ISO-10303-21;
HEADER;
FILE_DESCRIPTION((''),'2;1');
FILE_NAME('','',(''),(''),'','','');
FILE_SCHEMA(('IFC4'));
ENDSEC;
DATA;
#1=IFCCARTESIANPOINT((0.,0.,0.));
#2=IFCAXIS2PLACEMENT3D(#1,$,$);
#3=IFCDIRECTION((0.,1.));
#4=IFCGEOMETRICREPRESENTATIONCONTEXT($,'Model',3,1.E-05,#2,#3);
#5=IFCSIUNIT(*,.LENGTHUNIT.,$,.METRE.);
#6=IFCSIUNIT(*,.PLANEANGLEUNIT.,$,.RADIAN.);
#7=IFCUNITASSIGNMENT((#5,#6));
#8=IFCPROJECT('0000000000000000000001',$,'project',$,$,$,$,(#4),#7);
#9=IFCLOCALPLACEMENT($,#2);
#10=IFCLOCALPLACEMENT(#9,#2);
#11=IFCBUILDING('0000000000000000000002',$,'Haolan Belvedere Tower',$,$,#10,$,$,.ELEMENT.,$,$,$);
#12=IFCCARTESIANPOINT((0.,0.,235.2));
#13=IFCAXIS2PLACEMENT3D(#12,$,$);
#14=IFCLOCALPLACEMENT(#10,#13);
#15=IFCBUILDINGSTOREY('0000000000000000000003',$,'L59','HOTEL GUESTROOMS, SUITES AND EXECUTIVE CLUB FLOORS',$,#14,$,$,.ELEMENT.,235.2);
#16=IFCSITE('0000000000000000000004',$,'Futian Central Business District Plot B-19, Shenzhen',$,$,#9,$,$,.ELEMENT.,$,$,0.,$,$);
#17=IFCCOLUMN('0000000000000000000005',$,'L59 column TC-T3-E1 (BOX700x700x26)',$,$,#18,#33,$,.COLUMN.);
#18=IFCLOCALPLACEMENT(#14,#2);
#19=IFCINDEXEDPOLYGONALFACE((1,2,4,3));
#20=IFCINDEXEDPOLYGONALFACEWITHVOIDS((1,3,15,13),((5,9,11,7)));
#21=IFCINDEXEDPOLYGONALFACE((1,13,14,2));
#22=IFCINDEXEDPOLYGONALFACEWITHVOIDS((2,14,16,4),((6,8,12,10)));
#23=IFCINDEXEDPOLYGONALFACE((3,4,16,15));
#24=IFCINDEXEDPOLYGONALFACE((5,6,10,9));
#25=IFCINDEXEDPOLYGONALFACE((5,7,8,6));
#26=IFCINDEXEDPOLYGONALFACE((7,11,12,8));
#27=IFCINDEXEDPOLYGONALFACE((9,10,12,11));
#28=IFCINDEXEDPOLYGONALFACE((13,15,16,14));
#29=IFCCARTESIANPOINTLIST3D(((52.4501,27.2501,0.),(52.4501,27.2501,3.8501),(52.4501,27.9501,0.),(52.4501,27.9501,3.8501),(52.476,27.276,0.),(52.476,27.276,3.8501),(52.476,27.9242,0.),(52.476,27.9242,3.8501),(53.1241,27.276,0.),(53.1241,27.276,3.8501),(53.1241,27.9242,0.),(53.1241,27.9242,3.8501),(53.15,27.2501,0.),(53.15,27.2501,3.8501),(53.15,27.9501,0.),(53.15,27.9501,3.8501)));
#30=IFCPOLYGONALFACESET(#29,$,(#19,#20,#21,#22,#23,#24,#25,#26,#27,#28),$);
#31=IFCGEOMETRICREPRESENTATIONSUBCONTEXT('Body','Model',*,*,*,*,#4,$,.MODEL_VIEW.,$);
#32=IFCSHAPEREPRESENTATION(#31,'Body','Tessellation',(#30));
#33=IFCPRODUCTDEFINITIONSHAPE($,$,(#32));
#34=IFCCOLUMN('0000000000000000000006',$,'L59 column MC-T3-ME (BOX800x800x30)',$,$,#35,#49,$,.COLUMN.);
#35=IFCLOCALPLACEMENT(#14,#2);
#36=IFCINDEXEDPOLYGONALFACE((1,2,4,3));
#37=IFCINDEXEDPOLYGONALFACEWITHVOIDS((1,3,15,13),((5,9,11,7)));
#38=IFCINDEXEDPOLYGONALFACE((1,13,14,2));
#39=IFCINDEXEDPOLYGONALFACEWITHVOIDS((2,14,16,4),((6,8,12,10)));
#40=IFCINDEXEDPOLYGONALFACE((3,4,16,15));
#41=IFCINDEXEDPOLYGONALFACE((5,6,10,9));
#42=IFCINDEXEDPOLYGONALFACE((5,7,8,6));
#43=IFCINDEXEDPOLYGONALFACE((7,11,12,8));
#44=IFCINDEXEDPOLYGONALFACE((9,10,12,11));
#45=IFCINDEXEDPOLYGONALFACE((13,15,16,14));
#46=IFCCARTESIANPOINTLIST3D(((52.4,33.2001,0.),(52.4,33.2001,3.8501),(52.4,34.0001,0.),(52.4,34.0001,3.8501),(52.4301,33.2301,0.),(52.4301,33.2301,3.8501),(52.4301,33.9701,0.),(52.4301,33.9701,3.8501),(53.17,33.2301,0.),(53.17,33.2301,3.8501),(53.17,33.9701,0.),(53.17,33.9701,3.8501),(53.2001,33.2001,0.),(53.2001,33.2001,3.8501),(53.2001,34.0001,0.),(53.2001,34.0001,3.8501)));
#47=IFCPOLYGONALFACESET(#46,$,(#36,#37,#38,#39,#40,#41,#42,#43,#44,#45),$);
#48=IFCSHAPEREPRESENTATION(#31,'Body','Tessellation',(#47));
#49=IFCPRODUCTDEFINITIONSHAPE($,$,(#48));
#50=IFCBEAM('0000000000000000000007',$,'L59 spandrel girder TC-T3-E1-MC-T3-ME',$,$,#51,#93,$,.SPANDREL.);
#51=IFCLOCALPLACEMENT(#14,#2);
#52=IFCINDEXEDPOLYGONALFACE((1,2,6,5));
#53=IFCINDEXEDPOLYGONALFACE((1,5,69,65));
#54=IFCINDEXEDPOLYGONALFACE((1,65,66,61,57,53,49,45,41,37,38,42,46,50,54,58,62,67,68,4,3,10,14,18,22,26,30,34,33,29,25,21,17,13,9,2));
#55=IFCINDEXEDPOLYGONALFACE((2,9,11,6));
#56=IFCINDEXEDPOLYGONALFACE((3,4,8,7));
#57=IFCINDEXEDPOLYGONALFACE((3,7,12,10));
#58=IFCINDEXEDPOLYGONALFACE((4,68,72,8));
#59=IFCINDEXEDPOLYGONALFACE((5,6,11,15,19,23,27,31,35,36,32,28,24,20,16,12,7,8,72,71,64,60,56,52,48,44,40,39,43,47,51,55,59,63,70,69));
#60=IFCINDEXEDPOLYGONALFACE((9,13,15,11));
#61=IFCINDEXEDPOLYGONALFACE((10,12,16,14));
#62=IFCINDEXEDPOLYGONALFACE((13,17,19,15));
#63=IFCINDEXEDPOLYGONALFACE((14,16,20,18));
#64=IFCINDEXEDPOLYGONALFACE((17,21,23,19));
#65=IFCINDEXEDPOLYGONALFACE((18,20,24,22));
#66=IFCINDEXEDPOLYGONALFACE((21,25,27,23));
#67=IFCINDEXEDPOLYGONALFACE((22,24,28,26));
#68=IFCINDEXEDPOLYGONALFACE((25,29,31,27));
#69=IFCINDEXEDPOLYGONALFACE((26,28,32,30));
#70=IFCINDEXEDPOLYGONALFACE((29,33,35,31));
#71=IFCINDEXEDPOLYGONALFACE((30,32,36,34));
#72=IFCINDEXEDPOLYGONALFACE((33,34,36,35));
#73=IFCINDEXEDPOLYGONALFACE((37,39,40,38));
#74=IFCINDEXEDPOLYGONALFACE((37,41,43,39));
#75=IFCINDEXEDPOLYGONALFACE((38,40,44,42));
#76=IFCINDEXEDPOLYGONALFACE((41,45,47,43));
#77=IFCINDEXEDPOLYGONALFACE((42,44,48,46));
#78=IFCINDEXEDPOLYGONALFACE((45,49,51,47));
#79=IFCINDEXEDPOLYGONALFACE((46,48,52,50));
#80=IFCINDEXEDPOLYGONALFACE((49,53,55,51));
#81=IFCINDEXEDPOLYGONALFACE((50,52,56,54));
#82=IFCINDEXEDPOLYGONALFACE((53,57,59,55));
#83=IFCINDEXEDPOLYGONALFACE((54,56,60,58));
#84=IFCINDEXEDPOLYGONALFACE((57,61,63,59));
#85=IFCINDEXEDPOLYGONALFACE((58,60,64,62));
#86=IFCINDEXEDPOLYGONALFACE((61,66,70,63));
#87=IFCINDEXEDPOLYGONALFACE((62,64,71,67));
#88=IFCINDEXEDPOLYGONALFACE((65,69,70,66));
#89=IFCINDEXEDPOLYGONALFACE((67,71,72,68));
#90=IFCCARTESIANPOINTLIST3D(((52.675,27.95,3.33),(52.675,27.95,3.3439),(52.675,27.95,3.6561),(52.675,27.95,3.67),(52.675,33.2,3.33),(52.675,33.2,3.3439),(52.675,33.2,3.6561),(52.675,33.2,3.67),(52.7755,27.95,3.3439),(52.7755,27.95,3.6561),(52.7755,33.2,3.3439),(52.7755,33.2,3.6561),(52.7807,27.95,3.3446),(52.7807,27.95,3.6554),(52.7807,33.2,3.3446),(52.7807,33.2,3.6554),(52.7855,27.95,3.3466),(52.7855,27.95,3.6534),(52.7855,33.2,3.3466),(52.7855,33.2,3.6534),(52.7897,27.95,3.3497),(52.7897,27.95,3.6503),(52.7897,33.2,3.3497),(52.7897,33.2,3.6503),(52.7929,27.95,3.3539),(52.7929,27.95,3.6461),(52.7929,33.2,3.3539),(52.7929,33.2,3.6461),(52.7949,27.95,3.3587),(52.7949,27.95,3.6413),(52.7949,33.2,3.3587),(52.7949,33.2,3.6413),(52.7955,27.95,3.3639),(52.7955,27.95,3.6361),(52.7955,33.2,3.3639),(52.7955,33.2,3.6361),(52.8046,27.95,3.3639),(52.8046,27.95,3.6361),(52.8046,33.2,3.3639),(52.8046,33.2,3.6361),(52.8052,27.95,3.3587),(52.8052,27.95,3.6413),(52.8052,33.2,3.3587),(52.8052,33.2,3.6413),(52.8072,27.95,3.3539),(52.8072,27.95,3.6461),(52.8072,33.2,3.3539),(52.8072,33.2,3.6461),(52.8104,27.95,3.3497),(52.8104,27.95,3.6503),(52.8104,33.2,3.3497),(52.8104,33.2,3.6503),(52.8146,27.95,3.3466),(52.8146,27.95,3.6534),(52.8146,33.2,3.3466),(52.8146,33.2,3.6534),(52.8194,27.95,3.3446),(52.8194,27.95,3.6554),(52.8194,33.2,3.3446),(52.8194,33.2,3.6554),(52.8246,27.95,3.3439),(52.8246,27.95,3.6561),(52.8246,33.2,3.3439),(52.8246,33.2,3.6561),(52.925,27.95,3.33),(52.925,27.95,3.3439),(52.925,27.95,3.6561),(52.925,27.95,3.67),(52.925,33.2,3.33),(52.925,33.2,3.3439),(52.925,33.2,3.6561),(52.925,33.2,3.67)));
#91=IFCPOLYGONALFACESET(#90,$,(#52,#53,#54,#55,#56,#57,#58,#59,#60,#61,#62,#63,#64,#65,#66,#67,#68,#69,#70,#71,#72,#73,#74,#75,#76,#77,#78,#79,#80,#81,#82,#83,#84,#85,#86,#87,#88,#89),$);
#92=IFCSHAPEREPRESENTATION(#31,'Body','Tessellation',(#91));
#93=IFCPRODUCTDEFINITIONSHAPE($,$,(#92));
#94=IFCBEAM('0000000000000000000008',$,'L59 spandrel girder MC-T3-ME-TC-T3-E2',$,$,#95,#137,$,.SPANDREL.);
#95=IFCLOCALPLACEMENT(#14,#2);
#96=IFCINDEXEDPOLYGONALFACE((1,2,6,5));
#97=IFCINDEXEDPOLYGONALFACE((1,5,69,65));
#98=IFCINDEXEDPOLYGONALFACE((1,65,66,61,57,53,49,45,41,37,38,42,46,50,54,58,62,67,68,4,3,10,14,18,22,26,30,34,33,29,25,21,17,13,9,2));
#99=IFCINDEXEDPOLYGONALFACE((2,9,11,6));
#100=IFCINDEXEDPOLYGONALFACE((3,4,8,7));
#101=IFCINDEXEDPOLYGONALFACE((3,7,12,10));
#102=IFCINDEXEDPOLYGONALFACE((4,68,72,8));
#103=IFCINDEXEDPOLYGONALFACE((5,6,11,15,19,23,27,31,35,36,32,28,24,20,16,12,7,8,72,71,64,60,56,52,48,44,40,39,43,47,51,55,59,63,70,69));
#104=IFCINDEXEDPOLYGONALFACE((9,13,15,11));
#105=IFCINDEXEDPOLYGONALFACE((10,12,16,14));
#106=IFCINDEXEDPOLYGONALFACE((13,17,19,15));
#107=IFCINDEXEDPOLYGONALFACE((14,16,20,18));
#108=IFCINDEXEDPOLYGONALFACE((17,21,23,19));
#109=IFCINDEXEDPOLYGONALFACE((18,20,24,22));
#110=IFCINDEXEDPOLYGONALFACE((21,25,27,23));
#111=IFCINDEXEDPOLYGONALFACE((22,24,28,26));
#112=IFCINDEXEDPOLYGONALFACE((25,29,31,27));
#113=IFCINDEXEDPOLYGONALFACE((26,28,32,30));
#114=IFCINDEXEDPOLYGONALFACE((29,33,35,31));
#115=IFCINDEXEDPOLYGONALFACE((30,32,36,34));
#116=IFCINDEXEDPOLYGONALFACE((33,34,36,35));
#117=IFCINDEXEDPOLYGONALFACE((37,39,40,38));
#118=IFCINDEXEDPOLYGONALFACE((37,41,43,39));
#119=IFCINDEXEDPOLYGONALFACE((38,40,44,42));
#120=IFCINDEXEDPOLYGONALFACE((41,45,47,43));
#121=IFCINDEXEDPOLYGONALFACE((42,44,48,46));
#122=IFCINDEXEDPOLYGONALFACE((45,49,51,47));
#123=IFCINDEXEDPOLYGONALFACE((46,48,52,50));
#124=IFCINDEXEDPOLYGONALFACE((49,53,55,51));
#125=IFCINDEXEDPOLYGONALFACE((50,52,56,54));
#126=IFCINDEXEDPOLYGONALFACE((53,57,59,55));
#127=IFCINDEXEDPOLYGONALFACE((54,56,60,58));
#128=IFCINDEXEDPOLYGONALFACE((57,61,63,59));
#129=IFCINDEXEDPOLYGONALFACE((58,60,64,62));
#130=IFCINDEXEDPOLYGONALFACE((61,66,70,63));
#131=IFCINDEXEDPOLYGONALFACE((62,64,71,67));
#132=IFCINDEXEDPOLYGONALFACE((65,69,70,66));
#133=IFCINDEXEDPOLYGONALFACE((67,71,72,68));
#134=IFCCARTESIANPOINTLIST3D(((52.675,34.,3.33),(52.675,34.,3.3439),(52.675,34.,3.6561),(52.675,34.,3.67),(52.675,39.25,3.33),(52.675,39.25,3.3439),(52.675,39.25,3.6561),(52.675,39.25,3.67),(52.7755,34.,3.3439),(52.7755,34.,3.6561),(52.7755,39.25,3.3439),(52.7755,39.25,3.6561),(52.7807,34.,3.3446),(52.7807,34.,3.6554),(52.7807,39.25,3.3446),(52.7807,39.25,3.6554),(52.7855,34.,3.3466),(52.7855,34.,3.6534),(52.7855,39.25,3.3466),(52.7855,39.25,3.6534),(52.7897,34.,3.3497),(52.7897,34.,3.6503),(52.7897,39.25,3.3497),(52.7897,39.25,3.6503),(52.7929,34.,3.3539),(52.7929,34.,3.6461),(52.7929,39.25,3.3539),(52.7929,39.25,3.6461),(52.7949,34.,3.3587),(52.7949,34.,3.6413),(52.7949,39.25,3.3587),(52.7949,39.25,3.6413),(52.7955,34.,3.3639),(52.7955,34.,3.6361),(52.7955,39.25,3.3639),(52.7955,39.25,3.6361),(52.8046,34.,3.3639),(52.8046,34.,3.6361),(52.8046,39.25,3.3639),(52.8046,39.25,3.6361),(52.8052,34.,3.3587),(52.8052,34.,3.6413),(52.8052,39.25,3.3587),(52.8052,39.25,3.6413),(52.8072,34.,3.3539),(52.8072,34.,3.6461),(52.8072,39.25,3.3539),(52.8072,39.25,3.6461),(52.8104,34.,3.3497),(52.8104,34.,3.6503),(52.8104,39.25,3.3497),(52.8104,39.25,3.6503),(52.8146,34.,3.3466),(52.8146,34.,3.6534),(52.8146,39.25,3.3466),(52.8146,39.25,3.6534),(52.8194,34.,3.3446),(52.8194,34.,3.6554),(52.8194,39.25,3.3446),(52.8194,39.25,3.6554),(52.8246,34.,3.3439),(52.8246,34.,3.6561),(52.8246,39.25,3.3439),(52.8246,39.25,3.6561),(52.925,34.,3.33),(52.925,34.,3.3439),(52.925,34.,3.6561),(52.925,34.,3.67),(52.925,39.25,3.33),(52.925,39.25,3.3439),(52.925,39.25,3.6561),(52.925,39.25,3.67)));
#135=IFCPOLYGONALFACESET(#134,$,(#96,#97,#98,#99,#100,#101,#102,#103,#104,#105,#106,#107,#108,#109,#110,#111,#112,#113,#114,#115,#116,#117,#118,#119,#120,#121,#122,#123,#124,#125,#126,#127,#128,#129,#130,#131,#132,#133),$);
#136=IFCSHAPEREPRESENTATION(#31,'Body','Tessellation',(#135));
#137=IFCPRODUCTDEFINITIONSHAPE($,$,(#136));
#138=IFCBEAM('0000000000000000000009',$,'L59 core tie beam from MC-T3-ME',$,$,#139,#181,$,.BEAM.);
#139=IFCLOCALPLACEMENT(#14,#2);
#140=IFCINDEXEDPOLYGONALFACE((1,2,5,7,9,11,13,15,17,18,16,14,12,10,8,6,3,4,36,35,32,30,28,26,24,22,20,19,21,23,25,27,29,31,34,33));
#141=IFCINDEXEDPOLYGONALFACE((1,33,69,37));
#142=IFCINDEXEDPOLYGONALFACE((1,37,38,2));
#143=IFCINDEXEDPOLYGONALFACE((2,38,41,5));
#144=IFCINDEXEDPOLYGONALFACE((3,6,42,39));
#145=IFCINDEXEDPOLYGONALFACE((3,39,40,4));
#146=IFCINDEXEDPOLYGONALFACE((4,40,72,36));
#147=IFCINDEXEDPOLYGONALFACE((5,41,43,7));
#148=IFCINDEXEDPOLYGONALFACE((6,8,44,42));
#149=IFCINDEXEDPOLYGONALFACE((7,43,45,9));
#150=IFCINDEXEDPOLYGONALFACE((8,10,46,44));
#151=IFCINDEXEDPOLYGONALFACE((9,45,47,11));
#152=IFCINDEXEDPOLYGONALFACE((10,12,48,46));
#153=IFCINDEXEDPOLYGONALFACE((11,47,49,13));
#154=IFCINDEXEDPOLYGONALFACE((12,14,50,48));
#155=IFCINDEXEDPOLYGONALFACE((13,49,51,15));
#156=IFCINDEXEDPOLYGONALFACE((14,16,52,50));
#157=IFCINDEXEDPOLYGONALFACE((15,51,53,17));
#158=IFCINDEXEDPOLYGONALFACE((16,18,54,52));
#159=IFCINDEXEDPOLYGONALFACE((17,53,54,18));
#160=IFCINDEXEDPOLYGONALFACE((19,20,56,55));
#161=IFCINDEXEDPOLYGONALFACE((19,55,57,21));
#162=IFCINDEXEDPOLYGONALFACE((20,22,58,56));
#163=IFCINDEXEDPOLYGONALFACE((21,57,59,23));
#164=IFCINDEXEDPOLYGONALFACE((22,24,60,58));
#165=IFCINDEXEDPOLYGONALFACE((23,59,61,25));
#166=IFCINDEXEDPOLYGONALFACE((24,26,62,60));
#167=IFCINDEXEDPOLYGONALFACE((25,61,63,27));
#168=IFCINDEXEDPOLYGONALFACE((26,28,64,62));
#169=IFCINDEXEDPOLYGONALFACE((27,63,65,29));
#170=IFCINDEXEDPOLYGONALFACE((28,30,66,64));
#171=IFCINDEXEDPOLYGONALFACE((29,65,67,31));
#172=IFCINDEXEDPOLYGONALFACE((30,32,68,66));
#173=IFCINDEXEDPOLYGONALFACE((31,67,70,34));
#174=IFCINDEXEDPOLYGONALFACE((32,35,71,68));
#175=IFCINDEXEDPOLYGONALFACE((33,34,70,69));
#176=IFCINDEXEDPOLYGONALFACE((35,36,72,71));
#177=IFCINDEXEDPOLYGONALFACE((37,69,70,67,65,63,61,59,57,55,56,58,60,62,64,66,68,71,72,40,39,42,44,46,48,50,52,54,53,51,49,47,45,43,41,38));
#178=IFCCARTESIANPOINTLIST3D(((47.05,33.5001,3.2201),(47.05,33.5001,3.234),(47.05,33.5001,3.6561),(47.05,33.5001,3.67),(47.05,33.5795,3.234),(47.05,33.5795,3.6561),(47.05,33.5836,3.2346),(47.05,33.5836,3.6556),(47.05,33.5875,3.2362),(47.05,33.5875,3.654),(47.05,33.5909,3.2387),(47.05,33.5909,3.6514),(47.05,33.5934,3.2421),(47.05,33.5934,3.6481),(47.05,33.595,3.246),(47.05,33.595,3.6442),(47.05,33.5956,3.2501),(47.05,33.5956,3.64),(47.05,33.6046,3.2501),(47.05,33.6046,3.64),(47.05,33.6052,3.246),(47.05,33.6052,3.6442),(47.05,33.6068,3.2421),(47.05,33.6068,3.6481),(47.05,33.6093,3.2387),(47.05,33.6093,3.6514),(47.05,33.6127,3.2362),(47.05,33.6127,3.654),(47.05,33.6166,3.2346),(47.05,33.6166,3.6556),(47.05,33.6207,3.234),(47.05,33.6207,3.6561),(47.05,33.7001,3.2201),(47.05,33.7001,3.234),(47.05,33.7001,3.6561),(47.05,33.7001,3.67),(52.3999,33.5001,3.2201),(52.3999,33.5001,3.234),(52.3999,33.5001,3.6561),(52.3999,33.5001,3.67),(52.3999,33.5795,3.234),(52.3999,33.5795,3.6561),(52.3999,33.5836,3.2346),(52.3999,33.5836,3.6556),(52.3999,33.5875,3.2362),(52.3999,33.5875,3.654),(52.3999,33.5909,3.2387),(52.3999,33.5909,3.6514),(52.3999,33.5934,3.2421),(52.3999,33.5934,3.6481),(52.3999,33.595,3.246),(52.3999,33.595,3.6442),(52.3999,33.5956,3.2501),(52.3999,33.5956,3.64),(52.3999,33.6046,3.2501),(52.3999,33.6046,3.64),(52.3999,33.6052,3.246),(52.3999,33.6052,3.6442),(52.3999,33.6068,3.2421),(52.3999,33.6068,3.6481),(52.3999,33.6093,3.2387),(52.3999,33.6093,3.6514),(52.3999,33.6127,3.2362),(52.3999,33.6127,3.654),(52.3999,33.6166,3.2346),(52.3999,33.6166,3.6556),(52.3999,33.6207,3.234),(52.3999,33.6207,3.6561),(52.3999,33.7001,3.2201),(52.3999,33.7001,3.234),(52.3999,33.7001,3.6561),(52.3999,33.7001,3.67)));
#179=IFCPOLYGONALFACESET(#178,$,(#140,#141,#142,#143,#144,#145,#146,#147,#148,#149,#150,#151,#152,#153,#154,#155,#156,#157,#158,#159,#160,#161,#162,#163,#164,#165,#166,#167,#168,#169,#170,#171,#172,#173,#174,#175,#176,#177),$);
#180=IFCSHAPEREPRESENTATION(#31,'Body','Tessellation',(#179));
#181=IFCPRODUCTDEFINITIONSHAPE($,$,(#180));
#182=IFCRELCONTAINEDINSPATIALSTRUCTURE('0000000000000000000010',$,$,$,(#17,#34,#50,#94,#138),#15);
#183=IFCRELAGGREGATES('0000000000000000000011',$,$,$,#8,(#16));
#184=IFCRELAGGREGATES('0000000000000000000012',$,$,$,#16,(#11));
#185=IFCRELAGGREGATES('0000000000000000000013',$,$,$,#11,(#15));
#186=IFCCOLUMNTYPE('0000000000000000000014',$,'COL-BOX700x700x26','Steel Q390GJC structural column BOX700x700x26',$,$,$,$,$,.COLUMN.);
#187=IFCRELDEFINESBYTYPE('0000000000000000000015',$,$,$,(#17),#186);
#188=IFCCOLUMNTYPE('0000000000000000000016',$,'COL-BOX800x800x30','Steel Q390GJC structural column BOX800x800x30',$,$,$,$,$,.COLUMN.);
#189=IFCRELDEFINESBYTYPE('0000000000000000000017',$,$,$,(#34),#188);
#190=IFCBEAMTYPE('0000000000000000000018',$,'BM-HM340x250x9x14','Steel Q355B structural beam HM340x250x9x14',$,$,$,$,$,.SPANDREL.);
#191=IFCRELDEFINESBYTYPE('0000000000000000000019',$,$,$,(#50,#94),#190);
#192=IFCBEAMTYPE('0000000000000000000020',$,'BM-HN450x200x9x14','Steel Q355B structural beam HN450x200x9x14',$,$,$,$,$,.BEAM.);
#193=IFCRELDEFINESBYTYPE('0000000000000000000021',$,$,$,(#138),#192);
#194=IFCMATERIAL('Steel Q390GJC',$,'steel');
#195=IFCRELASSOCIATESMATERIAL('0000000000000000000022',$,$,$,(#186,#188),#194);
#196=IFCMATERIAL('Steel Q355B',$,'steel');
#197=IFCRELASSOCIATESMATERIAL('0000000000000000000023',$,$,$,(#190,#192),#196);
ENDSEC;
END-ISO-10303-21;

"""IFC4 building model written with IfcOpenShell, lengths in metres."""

from ifc_helpers import new_model, si_unit, direction, frame, origin, origin_2d, place, context, subcontext, project, spatial, hollow_rectangle, i_section, extrude, material, material_profile, profile_set, type_object, element, save


model = new_model("IFC4")

# Units and contexts
model_context = context("Model", 3, precision=1e-05, world=origin(), true_north=direction((0.0, 1.0)))
body_context = subcontext(model_context, "Body", "Model", "MODEL_VIEW")
ifc_project = project(units=[si_unit("LENGTHUNIT", "METRE"), si_unit("PLANEANGLEUNIT", "RADIAN")], contexts=[model_context])

# Site, building, storey
site_placement = place(None, origin())
site = spatial("IfcSite", under=ifc_project, at=site_placement, Name="Futian Central Business District Plot B-19, Shenzhen", CompositionType="ELEMENT", RefElevation=0.0)
building_placement = place(site_placement, origin())
building = spatial("IfcBuilding", under=site, at=building_placement, Name="Haolan Belvedere Tower", CompositionType="ELEMENT")
storey_placement = place(building_placement, frame((0.0, 0.0, 235.2)))
storey = spatial("IfcBuildingStorey", under=building, at=storey_placement, Name="L59", Description="HOTEL GUESTROOMS, SUITES AND EXECUTIVE CLUB FLOORS", CompositionType="ELEMENT", Elevation=235.2)

# Columns
ifc_material_1 = material(Name="Steel Q390GJC", Category="steel")
ifc_material_profile_1 = material_profile(ifc_material_1, hollow_rectangle(XDim=0.7, YDim=0.7, WallThickness=0.0259, at=origin_2d()), Name="Steel Q390GJC")
ifc_profile_set_1 = profile_set([ifc_material_profile_1], Name="Steel Q390GJC")
column_type_1 = type_object("IfcColumnType", Name="COL-BOX700x700x26", Description="Steel Q390GJC structural column BOX700x700x26", PredefinedType="COLUMN", material=ifc_profile_set_1)
column_1_placement = place(storey_placement, frame((52.8, 27.6001, 0.0), z_axis=(0.0, 0.0, 1.0), x_axis=(1.0, 0.0, 0.0)))
element("IfcColumn", 1, at=column_1_placement, inside=storey, type_object=column_type_1, Name="L59 column TC-T3-E1 (BOX700x700x26)", PredefinedType="COLUMN", context=body_context, shape_type="SweptSolid", body=[
    extrude(hollow_rectangle(XDim=0.7, YDim=0.7, WallThickness=0.0259, at=origin_2d()), origin(), (0.0, 0.0, 1.0), 3.8501),
])
ifc_material_profile_2 = material_profile(ifc_material_1, hollow_rectangle(XDim=0.8, YDim=0.8, WallThickness=0.03, at=origin_2d()), Name="Steel Q390GJC")
ifc_profile_set_2 = profile_set([ifc_material_profile_2], Name="Steel Q390GJC")
column_type_2 = type_object("IfcColumnType", Name="COL-BOX800x800x30", Description="Steel Q390GJC structural column BOX800x800x30", PredefinedType="COLUMN", material=ifc_profile_set_2)
column_2_placement = place(storey_placement, frame((52.8, 33.6001, 0.0), z_axis=(0.0, 0.0, 1.0), x_axis=(1.0, 0.0, 0.0)))
element("IfcColumn", 2, at=column_2_placement, inside=storey, type_object=column_type_2, Name="L59 column MC-T3-ME (BOX800x800x30)", PredefinedType="COLUMN", context=body_context, shape_type="SweptSolid", body=[
    extrude(hollow_rectangle(XDim=0.8, YDim=0.8, WallThickness=0.03, at=origin_2d()), origin(), (0.0, 0.0, 1.0), 3.8501),
])

# Beams
ifc_material_2 = material(Name="Steel Q355B", Category="steel")
ifc_material_profile_3 = material_profile(ifc_material_2, i_section(OverallWidth=0.25, OverallDepth=0.3401, WebThickness=0.009, FlangeThickness=0.0139, FilletRadius=0.02, at=origin_2d()), Name="Steel Q355B")
ifc_profile_set_3 = profile_set([ifc_material_profile_3], Name="Steel Q355B")
beam_type_1 = type_object("IfcBeamType", Name="BM-HM340x250x9x14", Description="Steel Q355B structural beam HM340x250x9x14", PredefinedType="SPANDREL", material=ifc_profile_set_3)
for number, where, z_axis, x_axis, name in (
    (3, (52.8, 27.95, 3.5), (0.0, 1.0, 0.0), (-1.0, 0.0, 0.0), "L59 spandrel girder TC-T3-E1-MC-T3-ME"),
    (4, (52.8, 34.0, 3.5), (0.0, 1.0, 0.0), (-1.0, 0.0, 0.0), "L59 spandrel girder MC-T3-ME-TC-T3-E2"),
):
    element("IfcBeam", number, at=place(storey_placement, frame(where, z_axis=z_axis, x_axis=x_axis)), inside=storey, type_object=beam_type_1, Name=name, PredefinedType="SPANDREL", context=body_context, shape_type="SweptSolid", body=[
        extrude(i_section(OverallWidth=0.25, OverallDepth=0.3401, WebThickness=0.009, FlangeThickness=0.0139, FilletRadius=0.02, at=origin_2d()), origin(), (0.0, 0.0, 1.0), 5.25),
    ])
ifc_material_profile_4 = material_profile(ifc_material_2, i_section(OverallWidth=0.2, OverallDepth=0.45, WebThickness=0.009, FlangeThickness=0.0139, FilletRadius=0.0161, at=origin_2d()), Name="Steel Q355B")
ifc_profile_set_4 = profile_set([ifc_material_profile_4], Name="Steel Q355B")
beam_type_2 = type_object("IfcBeamType", Name="BM-HN450x200x9x14", Description="Steel Q355B structural beam HN450x200x9x14", PredefinedType="BEAM", material=ifc_profile_set_4)
beam_1_placement = place(storey_placement, frame((52.3999, 33.6001, 3.4451), z_axis=(-1.0, 0.0, 0.0), x_axis=(0.0, -1.0, 0.0)))
element("IfcBeam", 5, at=beam_1_placement, inside=storey, type_object=beam_type_2, Name="L59 core tie beam from MC-T3-ME", PredefinedType="BEAM", context=body_context, shape_type="SweptSolid", body=[
    extrude(i_section(OverallWidth=0.2, OverallDepth=0.45, WebThickness=0.009, FlangeThickness=0.0139, FilletRadius=0.0161, at=origin_2d()), origin(), (0.0, 0.0, 1.0), 5.3499),
])

save(model, "model.ifc")
